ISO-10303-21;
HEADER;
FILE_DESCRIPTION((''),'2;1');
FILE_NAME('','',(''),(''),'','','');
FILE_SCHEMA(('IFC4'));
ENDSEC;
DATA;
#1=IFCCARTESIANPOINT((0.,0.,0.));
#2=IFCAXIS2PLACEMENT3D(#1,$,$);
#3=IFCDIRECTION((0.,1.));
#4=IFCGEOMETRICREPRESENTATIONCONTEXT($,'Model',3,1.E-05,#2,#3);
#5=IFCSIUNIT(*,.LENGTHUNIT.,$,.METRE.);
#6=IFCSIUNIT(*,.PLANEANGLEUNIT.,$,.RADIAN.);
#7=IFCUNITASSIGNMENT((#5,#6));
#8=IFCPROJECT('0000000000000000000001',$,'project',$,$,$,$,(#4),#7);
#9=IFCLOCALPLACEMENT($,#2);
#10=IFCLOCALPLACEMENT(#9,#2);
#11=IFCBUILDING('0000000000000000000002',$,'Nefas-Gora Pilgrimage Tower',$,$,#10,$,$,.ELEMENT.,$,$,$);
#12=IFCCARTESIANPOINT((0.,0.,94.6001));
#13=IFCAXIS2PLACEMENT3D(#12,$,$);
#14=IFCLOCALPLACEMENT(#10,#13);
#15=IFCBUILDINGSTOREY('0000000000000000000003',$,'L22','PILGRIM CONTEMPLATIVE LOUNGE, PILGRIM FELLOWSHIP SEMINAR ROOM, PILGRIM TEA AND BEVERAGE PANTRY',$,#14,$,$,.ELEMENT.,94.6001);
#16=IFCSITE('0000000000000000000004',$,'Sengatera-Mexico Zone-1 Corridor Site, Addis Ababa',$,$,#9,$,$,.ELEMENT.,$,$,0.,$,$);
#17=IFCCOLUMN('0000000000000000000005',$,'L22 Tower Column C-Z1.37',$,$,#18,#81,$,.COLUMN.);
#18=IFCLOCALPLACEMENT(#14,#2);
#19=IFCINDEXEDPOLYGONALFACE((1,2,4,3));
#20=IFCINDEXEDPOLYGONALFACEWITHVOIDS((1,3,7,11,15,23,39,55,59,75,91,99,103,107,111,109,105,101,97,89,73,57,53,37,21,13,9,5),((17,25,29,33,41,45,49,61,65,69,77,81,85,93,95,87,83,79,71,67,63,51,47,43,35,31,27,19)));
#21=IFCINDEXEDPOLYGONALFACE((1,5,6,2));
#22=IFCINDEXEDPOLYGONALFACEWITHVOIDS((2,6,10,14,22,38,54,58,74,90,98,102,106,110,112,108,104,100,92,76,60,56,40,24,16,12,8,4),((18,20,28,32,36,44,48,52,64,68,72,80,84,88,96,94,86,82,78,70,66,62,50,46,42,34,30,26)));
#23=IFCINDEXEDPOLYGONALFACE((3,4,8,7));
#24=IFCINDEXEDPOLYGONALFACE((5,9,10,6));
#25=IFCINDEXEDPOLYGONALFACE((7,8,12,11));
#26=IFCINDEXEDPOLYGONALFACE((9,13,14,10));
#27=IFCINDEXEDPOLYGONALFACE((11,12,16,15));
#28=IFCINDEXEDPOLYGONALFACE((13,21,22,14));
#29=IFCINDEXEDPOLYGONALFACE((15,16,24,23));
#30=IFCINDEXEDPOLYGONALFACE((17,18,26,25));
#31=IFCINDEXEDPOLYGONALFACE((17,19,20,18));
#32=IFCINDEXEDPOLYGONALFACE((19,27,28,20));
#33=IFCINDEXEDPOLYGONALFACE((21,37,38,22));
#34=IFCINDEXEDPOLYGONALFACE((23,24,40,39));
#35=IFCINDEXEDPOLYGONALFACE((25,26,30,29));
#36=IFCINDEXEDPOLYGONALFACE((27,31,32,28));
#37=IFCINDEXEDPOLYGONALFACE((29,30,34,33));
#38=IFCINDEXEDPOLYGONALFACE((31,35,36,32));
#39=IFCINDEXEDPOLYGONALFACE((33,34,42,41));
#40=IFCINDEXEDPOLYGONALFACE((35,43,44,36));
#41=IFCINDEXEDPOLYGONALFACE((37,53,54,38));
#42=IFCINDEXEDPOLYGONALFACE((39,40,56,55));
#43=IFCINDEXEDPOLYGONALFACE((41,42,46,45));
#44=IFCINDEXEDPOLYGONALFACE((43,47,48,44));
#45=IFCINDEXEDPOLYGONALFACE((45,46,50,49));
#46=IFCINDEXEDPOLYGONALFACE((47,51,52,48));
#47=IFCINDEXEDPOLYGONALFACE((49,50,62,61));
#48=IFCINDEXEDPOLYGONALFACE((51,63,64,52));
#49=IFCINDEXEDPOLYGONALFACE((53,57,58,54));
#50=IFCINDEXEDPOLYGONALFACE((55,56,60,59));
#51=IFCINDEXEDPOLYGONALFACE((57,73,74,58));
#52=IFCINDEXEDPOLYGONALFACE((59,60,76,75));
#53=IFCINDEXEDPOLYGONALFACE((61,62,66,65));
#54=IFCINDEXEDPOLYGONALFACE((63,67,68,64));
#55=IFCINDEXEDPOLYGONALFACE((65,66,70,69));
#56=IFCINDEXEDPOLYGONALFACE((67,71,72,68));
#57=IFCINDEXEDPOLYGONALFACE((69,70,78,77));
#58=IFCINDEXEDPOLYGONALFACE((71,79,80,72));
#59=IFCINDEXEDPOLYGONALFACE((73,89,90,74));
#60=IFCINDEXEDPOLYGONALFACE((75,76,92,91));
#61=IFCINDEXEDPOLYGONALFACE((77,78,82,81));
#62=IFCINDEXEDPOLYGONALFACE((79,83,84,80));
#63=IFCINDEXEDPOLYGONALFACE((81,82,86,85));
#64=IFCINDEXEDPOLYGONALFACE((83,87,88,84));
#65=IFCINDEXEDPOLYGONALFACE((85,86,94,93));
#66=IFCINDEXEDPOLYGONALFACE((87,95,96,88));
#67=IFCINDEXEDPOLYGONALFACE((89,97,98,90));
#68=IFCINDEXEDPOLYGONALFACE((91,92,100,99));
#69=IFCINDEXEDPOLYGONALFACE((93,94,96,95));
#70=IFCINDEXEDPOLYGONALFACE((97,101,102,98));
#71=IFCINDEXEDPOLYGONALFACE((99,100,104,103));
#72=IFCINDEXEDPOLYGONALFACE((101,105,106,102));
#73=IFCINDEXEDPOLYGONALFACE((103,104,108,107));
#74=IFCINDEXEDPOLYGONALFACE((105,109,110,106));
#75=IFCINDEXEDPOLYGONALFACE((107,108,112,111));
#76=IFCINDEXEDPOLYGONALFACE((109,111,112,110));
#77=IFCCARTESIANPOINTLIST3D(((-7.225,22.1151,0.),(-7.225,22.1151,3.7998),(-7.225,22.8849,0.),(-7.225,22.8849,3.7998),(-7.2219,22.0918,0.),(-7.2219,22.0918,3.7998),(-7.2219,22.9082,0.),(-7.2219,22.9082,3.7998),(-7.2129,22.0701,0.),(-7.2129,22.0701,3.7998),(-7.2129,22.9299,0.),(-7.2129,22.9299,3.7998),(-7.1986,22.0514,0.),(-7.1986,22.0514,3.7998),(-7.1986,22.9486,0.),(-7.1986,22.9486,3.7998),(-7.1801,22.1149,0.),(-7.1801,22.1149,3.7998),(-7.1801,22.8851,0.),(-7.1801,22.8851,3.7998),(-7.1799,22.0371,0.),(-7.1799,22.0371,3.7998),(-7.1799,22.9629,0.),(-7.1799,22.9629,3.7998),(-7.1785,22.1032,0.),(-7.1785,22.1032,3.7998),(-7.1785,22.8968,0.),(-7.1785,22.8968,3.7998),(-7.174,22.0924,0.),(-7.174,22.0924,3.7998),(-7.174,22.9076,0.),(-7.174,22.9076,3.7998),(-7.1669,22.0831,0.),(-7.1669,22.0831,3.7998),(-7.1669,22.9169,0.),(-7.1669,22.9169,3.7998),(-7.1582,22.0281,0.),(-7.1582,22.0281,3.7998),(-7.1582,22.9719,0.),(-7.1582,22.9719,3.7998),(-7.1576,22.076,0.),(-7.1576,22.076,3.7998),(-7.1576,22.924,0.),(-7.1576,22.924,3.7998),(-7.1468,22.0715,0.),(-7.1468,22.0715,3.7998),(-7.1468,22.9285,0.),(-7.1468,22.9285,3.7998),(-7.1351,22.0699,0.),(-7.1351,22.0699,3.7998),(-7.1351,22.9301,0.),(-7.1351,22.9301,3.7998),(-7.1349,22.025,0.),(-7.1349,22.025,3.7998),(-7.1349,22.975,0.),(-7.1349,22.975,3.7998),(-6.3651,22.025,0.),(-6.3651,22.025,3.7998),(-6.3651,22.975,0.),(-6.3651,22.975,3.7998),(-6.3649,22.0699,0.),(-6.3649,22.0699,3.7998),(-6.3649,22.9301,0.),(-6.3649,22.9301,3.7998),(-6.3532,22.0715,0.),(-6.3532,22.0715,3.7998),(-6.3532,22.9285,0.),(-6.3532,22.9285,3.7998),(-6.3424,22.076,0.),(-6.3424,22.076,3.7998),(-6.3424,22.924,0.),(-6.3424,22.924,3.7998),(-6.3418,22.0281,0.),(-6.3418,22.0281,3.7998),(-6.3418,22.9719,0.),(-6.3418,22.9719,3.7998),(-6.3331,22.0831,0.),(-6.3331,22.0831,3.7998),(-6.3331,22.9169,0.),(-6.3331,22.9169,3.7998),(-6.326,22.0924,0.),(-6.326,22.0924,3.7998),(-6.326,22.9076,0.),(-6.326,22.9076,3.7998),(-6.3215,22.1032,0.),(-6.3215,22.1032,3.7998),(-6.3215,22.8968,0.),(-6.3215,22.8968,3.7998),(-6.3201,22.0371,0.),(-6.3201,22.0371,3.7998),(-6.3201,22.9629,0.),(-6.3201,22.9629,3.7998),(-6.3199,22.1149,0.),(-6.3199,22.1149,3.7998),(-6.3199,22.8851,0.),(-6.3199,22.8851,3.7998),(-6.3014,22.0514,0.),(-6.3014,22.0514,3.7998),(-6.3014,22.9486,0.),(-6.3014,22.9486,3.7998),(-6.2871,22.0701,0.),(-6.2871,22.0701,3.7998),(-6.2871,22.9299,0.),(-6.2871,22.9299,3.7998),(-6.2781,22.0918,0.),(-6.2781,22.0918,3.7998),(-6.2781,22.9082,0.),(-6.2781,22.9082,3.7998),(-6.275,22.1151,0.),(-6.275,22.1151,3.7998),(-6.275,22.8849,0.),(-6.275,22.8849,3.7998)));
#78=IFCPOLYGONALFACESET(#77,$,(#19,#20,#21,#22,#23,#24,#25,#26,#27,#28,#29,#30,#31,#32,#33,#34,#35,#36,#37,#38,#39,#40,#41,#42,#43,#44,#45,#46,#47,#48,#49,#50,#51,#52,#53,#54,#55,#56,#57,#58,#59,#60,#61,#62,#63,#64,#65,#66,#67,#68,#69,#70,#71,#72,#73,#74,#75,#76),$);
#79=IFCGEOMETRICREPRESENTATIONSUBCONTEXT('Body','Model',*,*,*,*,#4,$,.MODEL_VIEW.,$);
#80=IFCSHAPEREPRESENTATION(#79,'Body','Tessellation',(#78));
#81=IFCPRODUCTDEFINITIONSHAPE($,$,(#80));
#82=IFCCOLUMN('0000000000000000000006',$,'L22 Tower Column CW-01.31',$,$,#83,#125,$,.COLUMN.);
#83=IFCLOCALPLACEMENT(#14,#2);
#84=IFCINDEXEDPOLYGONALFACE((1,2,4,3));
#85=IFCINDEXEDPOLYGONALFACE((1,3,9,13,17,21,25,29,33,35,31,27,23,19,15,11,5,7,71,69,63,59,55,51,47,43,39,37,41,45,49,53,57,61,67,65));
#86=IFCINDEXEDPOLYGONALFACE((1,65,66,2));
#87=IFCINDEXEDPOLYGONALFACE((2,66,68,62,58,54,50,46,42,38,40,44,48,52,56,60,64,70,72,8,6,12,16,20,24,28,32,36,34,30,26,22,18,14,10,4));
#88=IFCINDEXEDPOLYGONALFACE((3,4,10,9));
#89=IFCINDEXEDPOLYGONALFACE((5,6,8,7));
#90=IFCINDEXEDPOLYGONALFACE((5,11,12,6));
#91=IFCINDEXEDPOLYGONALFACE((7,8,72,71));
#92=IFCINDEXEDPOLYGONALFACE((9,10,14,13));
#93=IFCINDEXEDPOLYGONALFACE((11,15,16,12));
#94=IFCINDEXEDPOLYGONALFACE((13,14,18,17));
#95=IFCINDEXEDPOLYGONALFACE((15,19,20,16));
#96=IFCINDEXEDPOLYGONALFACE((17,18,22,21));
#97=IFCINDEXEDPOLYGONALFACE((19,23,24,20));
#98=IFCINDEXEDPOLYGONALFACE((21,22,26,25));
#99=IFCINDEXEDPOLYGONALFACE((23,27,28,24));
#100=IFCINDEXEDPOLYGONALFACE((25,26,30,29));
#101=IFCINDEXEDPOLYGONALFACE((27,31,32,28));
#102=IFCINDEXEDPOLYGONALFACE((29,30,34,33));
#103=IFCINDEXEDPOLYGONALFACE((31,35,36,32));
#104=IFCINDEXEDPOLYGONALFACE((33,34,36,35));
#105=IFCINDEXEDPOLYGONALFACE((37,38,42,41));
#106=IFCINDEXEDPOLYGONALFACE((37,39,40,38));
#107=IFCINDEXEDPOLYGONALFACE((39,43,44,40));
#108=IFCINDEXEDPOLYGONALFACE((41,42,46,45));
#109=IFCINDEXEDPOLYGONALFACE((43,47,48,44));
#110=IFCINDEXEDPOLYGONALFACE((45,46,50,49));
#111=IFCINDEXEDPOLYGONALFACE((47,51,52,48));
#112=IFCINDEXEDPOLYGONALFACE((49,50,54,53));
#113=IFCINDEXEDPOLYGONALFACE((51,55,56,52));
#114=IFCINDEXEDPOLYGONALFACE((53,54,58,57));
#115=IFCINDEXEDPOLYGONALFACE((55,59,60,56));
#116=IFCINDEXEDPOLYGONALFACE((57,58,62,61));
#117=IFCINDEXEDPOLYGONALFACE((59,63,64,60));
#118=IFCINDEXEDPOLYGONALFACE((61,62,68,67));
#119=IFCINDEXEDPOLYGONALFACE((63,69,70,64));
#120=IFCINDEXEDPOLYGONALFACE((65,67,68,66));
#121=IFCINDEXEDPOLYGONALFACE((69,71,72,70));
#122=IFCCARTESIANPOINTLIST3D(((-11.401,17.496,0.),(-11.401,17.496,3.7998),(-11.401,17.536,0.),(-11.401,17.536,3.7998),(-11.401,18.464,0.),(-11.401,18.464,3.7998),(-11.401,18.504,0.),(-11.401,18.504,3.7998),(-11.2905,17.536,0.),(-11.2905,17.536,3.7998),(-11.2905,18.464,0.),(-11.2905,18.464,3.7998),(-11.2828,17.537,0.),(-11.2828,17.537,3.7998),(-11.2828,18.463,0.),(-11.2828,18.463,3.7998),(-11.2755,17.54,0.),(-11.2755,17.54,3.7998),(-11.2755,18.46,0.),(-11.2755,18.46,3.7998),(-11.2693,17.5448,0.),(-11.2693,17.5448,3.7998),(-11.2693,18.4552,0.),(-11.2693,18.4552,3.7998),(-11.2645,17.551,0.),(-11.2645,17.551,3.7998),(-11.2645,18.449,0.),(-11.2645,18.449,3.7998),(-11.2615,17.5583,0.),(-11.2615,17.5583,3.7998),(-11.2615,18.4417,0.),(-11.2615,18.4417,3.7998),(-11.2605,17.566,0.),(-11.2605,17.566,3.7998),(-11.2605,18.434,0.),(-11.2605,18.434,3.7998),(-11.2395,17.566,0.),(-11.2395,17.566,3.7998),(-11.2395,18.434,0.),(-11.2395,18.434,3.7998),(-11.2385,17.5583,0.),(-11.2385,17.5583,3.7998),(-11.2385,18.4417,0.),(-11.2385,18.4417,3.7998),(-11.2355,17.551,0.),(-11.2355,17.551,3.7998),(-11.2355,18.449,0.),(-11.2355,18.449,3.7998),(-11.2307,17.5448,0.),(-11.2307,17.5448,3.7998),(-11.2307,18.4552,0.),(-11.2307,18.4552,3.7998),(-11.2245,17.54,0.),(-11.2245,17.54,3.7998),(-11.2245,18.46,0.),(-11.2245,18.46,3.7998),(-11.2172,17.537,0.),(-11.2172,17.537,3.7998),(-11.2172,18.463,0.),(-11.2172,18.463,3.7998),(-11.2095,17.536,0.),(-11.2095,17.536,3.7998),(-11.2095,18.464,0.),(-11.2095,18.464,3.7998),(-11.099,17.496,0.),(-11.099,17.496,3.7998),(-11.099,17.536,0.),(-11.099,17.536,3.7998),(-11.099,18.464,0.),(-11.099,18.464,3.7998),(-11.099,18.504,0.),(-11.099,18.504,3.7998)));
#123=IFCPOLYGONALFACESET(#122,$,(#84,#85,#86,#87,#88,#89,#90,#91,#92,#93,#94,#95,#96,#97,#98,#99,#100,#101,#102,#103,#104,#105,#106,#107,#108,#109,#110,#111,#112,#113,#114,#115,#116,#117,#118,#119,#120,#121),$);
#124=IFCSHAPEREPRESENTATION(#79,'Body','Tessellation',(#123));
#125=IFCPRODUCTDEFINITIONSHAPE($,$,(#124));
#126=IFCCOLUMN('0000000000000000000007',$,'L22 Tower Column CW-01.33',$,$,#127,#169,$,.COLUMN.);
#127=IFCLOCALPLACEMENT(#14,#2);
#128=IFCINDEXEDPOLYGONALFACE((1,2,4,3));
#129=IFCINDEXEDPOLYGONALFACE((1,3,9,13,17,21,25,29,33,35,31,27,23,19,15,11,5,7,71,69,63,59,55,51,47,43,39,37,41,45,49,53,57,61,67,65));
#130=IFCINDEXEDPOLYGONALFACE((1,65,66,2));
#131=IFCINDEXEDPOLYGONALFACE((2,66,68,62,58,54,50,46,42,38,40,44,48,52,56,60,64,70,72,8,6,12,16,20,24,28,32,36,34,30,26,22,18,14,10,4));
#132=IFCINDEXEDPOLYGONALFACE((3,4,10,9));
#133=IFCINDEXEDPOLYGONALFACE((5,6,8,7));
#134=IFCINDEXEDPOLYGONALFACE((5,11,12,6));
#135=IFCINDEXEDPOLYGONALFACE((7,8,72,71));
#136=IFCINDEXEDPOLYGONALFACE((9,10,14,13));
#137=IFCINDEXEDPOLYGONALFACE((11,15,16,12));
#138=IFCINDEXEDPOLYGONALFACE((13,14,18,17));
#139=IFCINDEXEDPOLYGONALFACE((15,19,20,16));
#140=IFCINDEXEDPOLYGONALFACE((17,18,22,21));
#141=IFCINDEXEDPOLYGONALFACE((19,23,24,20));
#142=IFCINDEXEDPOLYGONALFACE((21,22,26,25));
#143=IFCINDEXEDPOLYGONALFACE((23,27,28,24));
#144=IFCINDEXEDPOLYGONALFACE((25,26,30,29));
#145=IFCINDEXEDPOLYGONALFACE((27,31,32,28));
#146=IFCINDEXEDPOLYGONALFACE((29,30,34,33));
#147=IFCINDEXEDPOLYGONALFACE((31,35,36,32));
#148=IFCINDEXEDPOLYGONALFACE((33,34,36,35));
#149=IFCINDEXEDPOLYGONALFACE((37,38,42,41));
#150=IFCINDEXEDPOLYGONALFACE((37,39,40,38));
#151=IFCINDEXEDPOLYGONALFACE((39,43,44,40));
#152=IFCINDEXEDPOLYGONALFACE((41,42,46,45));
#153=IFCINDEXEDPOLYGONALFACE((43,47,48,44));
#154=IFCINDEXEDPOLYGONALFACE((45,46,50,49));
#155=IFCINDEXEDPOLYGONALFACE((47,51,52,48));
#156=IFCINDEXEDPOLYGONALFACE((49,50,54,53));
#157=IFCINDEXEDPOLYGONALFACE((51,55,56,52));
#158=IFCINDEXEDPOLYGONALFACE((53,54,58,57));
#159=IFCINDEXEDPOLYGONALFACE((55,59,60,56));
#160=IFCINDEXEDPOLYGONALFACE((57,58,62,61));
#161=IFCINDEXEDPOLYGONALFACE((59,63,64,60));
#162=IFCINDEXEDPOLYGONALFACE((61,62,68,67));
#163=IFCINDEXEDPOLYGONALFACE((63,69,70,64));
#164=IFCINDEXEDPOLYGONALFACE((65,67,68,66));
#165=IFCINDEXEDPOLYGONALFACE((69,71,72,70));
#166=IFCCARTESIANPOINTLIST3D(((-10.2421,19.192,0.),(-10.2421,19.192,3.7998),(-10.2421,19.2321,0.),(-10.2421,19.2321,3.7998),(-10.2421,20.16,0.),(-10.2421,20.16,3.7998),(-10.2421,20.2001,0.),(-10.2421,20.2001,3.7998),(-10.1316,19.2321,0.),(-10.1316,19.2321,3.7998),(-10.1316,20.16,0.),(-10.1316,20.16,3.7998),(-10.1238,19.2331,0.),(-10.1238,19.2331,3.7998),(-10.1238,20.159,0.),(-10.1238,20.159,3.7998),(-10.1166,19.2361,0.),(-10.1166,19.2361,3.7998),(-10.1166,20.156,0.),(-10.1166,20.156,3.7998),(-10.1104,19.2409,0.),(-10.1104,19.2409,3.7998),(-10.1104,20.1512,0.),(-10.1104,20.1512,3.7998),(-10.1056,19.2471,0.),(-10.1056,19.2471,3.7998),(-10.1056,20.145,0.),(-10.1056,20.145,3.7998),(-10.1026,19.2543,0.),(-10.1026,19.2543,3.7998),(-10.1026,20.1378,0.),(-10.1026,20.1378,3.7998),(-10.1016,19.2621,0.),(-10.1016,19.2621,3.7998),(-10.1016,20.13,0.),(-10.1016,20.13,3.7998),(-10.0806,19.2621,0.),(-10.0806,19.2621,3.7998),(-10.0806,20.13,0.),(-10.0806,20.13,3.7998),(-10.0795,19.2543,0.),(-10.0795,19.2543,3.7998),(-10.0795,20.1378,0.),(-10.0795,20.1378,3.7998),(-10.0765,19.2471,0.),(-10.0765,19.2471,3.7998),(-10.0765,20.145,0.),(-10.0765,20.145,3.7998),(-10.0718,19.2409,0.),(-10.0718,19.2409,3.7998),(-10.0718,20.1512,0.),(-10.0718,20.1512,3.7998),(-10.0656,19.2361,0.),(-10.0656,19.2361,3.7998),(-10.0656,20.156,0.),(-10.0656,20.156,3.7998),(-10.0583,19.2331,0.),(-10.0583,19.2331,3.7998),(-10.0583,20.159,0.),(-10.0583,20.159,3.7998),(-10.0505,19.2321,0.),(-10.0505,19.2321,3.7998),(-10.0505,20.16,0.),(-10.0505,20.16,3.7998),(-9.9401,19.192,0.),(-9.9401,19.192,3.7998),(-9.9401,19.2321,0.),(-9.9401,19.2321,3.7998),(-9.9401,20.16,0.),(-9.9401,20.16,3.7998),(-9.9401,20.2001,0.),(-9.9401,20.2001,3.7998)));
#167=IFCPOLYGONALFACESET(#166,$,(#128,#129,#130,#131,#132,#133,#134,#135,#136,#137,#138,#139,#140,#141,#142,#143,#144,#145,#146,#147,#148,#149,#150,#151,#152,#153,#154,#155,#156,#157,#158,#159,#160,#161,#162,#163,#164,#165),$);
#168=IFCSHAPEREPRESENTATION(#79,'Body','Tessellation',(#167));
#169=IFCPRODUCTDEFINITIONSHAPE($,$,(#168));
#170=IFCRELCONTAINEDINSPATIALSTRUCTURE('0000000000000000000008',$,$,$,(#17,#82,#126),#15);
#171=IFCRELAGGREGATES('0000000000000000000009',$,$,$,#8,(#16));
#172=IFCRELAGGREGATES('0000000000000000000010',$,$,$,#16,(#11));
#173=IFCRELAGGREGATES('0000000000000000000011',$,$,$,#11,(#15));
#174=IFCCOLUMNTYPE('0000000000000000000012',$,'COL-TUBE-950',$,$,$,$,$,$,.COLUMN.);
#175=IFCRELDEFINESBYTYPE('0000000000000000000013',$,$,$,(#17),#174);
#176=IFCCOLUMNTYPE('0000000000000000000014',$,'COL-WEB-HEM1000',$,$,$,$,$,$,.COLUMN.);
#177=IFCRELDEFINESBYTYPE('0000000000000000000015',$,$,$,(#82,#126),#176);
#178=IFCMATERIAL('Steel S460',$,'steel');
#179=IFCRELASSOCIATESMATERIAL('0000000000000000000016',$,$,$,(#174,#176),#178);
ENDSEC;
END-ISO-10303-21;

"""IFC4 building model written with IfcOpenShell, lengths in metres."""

from ifc_helpers import new_model, si_unit, direction, frame, origin, origin_2d, place, context, subcontext, project, spatial, hollow_rectangle, i_section, extrude, source, transform, mapped, material, material_profile, profile_set, type_object, element, save


model = new_model("IFC4")

# Units and contexts
model_context = context("Model", 3, precision=1e-05, world=origin(), true_north=direction((0.0, 1.0)))
body_context = subcontext(model_context, "Body", "Model", "MODEL_VIEW")
ifc_project = project(units=[si_unit("LENGTHUNIT", "METRE"), si_unit("PLANEANGLEUNIT", "RADIAN")], contexts=[model_context])

# Site, building, storey
site_placement = place(None, origin())
site = spatial("IfcSite", under=ifc_project, at=site_placement, Name="Sengatera-Mexico Zone-1 Corridor Site, Addis Ababa", CompositionType="ELEMENT", RefElevation=0.0)
building_placement = place(site_placement, origin())
building = spatial("IfcBuilding", under=site, at=building_placement, Name="Nefas-Gora Pilgrimage Tower", CompositionType="ELEMENT")
storey_placement = place(building_placement, frame((0.0, 0.0, 94.6001)))
storey = spatial("IfcBuildingStorey", under=building, at=storey_placement, Name="L22", Description="PILGRIM CONTEMPLATIVE LOUNGE, PILGRIM FELLOWSHIP SEMINAR ROOM, PILGRIM TEA AND BEVERAGE PANTRY", CompositionType="ELEMENT", Elevation=94.6001)

# Columns
ifc_material_1 = material(Name="Steel S460", Category="steel")
ifc_material_profile_1 = material_profile(ifc_material_1, hollow_rectangle(XDim=0.95, YDim=0.95, WallThickness=0.0449, InnerFilletRadius=0.0449, OuterFilletRadius=0.0901, at=origin_2d()), Name="BOX 950x950x45")
ifc_profile_set_1 = profile_set([ifc_material_profile_1], Name="Steel S460")
column_type_1 = type_object("IfcColumnType", Name="COL-TUBE-950", PredefinedType="COLUMN", material=ifc_profile_set_1)
shared_shape_1 = source(origin(), body_context, "Body", "SweptSolid", [
    extrude(hollow_rectangle(XDim=0.95, YDim=0.95, WallThickness=0.0449, InnerFilletRadius=0.0449, OuterFilletRadius=0.0901, at=origin_2d()), origin(), (0.0, 0.0, 1.0), 3.7998),
])
column_placement = place(storey_placement, frame((-6.75, 22.5, 0.0), z_axis=(0.0, 0.0, 1.0), x_axis=(1.0, 0.0, 0.0)))
element("IfcColumn", 1, at=column_placement, inside=storey, type_object=column_type_1, Name="L22 Tower Column C-Z1.37", PredefinedType="COLUMN", context=body_context, shape_type="MappedRepresentation", body=[
    mapped(shared_shape_1, transform((0.0, 0.0, 0.0), x_axis=(1.0, 0.0, 0.0), y_axis=(0.0, 1.0, 0.0), z_axis=(0.0, 0.0, 1.0), scale=1.0)),
])
ifc_material_profile_2 = material_profile(ifc_material_1, i_section(OverallWidth=0.302, OverallDepth=1.0081, WebThickness=0.021, FlangeThickness=0.04, FilletRadius=0.03, at=origin_2d()), Name="HEM 1000")
ifc_profile_set_2 = profile_set([ifc_material_profile_2], Name="Steel S460")
column_type_2 = type_object("IfcColumnType", Name="COL-WEB-HEM1000", PredefinedType="COLUMN", material=ifc_profile_set_2)
shared_shape_2 = source(origin(), body_context, "Body", "SweptSolid", [
    extrude(i_section(OverallWidth=0.302, OverallDepth=1.0081, WebThickness=0.021, FlangeThickness=0.04, FilletRadius=0.03, at=origin_2d()), origin(), (0.0, 0.0, 1.0), 3.7998),
])
for number, where, z_axis, x_axis, name in (
    (2, (-11.25, 18.0, 0.0), (0.0, 0.0, 1.0), (1.0, 0.0, 0.0), "L22 Tower Column CW-01.31"),
    (3, (-10.0911, 19.696, 0.0), (0.0, 0.0, 1.0), (1.0, 0.0, 0.0), "L22 Tower Column CW-01.33"),
):
    element("IfcColumn", number, at=place(storey_placement, frame(where, z_axis=z_axis, x_axis=x_axis)), inside=storey, type_object=column_type_2, Name=name, PredefinedType="COLUMN", context=body_context, shape_type="MappedRepresentation", body=[
        mapped(shared_shape_2, transform((0.0, 0.0, 0.0), x_axis=(1.0, 0.0, 0.0), y_axis=(0.0, 1.0, 0.0), z_axis=(0.0, 0.0, 1.0), scale=1.0)),
    ])

save(model, "model.ifc")
